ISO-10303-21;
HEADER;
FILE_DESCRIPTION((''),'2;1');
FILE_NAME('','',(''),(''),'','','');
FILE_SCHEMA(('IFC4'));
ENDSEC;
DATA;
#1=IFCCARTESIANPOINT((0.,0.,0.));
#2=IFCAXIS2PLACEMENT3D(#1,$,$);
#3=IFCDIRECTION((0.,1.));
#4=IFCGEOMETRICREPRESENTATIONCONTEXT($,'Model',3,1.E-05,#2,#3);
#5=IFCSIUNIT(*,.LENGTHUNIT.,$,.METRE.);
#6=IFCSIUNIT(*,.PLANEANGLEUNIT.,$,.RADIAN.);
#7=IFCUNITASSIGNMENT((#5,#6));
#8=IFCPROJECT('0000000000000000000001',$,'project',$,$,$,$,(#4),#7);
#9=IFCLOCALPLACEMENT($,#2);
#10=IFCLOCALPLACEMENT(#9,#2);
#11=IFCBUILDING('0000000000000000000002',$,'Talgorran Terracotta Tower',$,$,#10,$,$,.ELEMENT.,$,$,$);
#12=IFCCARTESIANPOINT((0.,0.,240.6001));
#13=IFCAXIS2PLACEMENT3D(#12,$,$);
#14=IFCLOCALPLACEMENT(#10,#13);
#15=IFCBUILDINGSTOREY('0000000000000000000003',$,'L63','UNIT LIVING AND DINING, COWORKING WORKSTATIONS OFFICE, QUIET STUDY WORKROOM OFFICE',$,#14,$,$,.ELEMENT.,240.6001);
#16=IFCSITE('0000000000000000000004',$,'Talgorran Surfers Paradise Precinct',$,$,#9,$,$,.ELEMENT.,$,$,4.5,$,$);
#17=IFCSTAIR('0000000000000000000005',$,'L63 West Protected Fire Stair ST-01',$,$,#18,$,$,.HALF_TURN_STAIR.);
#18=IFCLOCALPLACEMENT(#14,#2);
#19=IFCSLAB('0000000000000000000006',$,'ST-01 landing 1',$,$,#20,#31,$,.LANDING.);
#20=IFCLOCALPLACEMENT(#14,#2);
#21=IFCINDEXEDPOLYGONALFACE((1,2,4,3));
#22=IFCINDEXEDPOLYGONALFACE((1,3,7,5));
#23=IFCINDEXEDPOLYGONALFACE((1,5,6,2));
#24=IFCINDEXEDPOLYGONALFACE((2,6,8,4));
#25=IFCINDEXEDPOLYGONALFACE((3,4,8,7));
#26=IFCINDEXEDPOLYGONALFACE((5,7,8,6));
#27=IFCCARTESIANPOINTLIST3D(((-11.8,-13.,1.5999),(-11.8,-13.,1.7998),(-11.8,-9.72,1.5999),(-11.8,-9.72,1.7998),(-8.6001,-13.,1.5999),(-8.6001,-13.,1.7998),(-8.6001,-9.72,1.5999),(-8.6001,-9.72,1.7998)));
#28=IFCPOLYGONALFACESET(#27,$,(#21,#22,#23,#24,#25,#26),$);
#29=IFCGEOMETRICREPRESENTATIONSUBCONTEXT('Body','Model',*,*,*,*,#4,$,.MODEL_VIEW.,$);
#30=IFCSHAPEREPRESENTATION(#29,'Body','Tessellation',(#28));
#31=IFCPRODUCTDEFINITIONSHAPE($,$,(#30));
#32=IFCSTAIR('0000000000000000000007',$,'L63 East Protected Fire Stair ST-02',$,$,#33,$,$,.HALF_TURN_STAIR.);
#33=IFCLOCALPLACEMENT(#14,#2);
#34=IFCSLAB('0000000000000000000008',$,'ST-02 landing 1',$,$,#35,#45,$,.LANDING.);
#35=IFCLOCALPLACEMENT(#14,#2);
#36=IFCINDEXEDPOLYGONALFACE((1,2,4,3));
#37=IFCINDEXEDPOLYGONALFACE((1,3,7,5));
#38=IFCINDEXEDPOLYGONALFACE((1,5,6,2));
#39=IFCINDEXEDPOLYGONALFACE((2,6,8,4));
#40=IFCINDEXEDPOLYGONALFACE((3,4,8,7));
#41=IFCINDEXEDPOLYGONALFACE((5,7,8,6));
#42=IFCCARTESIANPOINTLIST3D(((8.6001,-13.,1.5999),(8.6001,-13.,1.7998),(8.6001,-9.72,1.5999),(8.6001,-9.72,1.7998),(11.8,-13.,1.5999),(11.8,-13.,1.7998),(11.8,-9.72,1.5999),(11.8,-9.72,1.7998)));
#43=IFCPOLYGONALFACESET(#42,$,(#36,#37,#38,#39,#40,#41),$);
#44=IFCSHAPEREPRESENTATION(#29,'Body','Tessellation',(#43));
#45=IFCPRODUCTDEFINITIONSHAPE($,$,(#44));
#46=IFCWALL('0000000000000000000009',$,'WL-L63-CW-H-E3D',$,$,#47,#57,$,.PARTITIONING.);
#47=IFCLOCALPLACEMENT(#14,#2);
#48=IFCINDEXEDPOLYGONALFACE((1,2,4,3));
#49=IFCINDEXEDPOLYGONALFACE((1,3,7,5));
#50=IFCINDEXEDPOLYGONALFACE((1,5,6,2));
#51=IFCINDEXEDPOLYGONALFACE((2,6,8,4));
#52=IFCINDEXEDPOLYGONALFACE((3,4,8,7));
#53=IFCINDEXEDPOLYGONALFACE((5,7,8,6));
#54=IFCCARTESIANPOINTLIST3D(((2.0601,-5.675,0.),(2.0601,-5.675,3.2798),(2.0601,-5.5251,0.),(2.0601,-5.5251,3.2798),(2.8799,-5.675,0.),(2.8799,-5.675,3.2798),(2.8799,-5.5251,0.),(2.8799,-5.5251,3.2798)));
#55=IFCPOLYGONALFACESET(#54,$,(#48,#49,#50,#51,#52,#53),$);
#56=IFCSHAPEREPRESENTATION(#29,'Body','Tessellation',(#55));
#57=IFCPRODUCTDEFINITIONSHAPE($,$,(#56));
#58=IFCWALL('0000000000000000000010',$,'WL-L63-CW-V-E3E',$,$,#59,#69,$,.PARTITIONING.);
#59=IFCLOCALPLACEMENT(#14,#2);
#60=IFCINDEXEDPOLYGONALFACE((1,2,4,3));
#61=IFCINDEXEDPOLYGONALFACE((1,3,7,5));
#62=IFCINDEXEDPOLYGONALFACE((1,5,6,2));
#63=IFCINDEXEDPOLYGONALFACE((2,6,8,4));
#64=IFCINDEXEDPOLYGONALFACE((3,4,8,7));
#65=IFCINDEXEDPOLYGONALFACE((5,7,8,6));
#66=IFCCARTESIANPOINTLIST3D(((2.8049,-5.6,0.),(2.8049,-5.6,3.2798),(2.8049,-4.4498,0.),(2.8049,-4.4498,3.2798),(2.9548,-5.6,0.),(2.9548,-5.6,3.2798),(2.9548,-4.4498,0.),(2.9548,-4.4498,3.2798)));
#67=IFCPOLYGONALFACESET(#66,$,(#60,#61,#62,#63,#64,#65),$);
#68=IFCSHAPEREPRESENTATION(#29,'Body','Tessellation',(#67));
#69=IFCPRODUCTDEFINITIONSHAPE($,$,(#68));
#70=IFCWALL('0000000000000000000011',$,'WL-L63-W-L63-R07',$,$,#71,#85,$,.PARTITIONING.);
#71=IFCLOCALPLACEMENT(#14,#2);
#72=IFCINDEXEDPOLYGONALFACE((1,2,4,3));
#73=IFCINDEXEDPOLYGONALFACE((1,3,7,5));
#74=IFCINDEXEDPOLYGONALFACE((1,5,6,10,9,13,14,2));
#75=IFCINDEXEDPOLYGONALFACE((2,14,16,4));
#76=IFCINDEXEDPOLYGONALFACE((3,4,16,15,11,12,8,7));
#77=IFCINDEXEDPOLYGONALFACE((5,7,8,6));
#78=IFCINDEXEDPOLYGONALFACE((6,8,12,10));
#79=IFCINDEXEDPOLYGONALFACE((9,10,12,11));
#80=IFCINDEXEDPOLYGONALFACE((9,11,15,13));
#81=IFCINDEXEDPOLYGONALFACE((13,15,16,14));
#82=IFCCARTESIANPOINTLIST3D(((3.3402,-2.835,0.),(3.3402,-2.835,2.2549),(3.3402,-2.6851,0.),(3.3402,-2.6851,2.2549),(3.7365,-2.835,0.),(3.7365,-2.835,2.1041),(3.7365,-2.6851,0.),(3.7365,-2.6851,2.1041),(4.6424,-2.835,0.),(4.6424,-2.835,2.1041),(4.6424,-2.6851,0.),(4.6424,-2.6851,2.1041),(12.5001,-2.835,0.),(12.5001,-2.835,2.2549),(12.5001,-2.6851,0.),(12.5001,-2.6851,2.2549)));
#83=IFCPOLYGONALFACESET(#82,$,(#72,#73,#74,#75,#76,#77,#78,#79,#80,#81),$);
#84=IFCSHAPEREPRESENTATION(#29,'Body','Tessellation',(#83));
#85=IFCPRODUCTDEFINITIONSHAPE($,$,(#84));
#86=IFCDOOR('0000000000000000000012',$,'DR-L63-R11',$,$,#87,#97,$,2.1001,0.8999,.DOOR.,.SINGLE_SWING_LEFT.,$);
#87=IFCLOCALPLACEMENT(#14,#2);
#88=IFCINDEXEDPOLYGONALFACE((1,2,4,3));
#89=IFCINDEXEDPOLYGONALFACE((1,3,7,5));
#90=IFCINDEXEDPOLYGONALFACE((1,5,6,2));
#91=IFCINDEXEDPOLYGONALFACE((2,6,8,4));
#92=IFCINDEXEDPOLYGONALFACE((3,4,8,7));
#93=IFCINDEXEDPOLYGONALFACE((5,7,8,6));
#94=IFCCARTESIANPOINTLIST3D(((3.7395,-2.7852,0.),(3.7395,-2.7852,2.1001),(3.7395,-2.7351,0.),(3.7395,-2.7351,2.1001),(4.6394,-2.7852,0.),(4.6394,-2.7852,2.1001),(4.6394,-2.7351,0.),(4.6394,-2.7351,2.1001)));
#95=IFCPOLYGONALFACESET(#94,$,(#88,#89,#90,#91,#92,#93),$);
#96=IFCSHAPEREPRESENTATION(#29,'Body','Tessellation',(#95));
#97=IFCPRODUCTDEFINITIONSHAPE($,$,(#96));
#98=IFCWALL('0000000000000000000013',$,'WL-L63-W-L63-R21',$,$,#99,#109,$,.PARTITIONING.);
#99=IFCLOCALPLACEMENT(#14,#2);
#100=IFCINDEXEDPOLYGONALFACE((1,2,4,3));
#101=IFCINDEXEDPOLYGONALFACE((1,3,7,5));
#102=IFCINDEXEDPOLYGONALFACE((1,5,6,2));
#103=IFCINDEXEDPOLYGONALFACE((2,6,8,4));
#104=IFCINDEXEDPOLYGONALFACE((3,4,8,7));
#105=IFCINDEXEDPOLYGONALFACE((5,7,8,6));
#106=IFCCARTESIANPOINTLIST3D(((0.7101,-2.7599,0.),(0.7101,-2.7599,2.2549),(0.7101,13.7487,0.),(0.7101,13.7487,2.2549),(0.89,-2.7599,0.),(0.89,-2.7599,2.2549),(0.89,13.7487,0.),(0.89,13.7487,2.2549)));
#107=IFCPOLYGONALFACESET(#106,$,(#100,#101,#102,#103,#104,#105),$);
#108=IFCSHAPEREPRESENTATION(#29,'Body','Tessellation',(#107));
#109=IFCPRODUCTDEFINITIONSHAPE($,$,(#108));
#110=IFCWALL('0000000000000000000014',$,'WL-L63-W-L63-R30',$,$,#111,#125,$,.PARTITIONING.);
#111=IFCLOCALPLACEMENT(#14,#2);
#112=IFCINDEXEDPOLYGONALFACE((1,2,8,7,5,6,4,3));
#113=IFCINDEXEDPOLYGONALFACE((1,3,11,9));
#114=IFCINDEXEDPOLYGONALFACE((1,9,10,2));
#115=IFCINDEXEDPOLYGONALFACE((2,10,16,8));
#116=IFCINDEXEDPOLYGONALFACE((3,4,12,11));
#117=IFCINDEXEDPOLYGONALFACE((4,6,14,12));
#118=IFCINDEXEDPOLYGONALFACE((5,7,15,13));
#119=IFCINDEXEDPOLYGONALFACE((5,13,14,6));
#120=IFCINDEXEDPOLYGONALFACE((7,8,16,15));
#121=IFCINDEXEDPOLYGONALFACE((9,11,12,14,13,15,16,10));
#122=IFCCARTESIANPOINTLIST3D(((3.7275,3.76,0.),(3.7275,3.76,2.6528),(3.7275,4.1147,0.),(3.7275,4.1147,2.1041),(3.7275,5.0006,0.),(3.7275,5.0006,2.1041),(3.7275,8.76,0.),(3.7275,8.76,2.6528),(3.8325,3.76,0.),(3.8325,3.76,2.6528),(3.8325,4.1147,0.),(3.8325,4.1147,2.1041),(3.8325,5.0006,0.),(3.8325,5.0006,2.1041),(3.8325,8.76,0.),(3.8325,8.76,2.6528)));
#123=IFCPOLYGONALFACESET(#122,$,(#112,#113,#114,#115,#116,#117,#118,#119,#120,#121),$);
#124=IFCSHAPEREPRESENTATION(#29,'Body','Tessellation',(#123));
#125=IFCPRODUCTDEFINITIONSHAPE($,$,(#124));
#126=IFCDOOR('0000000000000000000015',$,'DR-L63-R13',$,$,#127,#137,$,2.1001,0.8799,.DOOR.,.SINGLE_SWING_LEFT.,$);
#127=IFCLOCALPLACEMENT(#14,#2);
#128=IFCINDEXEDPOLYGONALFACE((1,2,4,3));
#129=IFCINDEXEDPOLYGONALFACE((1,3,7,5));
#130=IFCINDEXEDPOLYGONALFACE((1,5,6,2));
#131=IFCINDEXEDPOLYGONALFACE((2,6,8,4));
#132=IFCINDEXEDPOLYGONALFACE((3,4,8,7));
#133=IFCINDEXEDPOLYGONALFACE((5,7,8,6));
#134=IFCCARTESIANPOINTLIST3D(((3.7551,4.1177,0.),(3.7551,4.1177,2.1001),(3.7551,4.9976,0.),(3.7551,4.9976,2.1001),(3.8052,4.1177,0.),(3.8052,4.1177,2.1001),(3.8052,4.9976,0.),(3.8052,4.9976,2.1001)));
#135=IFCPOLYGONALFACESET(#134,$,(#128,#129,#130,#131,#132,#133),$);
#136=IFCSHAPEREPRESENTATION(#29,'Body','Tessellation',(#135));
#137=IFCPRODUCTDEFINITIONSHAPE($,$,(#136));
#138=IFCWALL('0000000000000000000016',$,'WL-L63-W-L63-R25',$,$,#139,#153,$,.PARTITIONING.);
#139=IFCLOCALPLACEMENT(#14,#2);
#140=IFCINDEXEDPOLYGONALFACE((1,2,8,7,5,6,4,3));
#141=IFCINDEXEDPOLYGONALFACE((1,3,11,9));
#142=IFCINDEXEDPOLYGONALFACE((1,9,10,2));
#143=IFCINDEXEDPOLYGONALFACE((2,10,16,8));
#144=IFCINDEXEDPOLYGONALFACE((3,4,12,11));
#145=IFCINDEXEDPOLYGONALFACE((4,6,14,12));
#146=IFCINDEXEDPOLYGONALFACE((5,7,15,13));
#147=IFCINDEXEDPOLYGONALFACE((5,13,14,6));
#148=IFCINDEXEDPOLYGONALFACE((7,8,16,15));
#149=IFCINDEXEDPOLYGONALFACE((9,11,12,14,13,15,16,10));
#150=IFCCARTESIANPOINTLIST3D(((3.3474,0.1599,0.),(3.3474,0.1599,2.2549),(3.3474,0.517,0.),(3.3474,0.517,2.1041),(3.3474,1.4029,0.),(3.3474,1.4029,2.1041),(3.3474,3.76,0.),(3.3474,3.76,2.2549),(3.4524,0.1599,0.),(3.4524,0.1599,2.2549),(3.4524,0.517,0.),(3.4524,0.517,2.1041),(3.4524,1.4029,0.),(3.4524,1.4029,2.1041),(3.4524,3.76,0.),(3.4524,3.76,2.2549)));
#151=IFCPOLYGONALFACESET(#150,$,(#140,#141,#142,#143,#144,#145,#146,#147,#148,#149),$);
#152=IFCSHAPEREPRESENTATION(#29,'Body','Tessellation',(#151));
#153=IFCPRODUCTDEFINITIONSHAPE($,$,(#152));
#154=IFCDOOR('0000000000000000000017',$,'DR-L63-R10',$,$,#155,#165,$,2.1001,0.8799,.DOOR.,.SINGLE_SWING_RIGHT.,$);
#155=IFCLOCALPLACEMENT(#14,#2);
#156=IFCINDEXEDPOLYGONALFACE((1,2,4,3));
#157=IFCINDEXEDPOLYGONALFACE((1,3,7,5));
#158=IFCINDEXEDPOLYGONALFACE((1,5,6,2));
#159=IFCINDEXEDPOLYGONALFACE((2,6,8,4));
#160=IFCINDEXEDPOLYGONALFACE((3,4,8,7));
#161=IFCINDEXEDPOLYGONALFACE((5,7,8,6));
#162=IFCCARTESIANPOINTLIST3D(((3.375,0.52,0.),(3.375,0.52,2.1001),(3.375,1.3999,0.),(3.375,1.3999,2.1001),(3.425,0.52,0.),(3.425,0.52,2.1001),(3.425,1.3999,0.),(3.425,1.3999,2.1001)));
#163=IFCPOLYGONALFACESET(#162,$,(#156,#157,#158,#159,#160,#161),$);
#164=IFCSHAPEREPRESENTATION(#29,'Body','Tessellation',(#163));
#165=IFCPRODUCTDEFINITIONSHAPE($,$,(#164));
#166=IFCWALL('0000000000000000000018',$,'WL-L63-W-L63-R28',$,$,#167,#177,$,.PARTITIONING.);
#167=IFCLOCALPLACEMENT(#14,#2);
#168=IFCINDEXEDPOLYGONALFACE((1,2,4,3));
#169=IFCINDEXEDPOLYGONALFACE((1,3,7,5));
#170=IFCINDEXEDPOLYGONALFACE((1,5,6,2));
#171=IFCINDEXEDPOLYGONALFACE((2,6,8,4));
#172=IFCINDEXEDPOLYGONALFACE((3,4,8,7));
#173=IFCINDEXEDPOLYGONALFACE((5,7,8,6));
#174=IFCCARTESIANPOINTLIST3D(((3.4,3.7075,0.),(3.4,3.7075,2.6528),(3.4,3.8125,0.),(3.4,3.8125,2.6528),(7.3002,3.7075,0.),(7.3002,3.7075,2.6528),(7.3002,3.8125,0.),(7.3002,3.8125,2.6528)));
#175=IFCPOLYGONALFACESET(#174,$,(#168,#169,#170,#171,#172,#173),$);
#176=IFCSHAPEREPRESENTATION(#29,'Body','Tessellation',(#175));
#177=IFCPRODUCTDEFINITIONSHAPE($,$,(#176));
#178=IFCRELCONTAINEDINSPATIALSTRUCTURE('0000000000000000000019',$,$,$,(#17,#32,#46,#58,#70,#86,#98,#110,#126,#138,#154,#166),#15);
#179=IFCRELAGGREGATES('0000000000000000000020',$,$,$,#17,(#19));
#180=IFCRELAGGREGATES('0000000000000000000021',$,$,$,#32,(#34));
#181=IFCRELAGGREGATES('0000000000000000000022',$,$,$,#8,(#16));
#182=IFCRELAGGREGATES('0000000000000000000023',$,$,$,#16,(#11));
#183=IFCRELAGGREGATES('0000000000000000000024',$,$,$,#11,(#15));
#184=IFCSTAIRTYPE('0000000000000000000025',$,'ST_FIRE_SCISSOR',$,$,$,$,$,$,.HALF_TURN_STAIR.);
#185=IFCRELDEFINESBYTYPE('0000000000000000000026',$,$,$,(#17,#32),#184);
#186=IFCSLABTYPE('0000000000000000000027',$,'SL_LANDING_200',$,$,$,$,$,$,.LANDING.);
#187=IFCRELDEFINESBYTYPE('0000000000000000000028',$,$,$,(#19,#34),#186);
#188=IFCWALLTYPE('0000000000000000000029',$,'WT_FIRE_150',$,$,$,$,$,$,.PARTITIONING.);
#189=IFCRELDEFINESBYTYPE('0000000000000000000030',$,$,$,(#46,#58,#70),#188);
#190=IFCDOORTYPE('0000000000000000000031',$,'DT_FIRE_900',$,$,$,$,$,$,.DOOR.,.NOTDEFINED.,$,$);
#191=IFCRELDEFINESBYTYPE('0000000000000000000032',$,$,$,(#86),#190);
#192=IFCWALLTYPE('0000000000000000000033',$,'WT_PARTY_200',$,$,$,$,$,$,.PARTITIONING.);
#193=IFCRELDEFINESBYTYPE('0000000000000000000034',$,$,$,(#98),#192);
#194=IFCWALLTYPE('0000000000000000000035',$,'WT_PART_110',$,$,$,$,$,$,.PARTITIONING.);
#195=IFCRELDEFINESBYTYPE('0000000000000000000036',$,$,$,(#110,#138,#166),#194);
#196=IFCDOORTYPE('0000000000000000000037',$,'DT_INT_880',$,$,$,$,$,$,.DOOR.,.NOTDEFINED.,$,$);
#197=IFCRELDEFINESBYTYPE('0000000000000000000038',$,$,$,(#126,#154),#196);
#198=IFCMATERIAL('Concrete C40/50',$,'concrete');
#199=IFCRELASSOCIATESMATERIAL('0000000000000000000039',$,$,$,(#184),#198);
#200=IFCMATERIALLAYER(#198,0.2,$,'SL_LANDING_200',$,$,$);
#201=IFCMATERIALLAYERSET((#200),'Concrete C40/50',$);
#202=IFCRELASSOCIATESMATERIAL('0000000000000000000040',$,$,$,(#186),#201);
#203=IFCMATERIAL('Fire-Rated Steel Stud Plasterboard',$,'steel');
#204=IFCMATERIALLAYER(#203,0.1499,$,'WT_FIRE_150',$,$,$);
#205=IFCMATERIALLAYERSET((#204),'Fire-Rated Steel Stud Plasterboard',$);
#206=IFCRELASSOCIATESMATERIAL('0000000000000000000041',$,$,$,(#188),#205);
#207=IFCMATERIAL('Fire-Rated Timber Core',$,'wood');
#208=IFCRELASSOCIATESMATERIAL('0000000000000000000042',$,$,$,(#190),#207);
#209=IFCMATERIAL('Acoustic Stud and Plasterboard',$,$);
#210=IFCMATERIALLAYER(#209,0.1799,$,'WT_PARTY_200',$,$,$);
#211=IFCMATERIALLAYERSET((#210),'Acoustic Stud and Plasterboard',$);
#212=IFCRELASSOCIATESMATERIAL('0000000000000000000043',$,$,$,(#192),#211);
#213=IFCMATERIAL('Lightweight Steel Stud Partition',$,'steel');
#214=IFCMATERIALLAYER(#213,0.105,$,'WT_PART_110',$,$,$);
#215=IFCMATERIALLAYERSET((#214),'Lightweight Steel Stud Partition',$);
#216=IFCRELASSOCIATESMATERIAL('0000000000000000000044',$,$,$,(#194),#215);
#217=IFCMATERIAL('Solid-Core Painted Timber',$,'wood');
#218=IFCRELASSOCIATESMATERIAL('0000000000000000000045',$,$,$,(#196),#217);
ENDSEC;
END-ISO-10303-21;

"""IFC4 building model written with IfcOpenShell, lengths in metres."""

from ifc_helpers import new_model, si_unit, direction, frame, frame_2d, origin, place, context, subcontext, project, spatial, polyline, rectangle, outline, extrude, material, layer, layer_set, type_object, element, fill, aggregate, save


model = new_model("IFC4")

# Units and contexts
model_context = context("Model", 3, precision=1e-05, world=origin(), true_north=direction((0.0, 1.0)))
body_context = subcontext(model_context, "Body", "Model", "MODEL_VIEW")
ifc_project = project(units=[si_unit("LENGTHUNIT", "METRE"), si_unit("PLANEANGLEUNIT", "RADIAN")], contexts=[model_context])

# Site, building, storey
site_placement = place(None, origin())
site = spatial("IfcSite", under=ifc_project, at=site_placement, Name="Talgorran Surfers Paradise Precinct", CompositionType="ELEMENT", RefElevation=4.5)
building_placement = place(site_placement, origin())
building = spatial("IfcBuilding", under=site, at=building_placement, Name="Talgorran Terracotta Tower", CompositionType="ELEMENT")
storey_placement = place(building_placement, frame((0.0, 0.0, 240.6001)))
storey = spatial("IfcBuildingStorey", under=building, at=storey_placement, Name="L63", Description="UNIT LIVING AND DINING, COWORKING WORKSTATIONS OFFICE, QUIET STUDY WORKROOM OFFICE", CompositionType="ELEMENT", Elevation=240.6001)

# Stairs, slabs
ifc_material_1 = material(Name="Concrete C40/50", Category="concrete")
stair_type = type_object("IfcStairType", Name="ST_FIRE_SCISSOR", PredefinedType="HALF_TURN_STAIR", material=ifc_material_1)
stair_1_placement = place(storey_placement, origin())
stair_1 = element("IfcStair", 1, at=stair_1_placement, inside=storey, type_object=stair_type, Name="L63 West Protected Fire Stair ST-01", PredefinedType="HALF_TURN_STAIR")
ifc_layer_1 = layer(ifc_material_1, 0.2, Name="SL_LANDING_200")
ifc_layer_set_1 = layer_set([ifc_layer_1], Name="Concrete C40/50")
slab_type = type_object("IfcSlabType", Name="SL_LANDING_200", PredefinedType="LANDING", material=ifc_layer_set_1)
slab_1_placement = place(storey_placement, frame((0.0, 0.0, 1.5999)))
slab_1 = element("IfcSlab", 2, at=slab_1_placement, type_object=slab_type, Name="ST-01 landing 1", PredefinedType="LANDING", context=body_context, shape_type="SweptSolid", body=[
    extrude(outline(polyline([(-11.8, -9.72), (-11.8, -13.0), (-8.6001, -13.0), (-8.6001, -9.72), (-11.8, -9.72)])), origin(), (0.0, 0.0, 1.0), 0.2),
])
aggregate(stair_1, [slab_1])
stair_2_placement = place(storey_placement, origin())
stair_2 = element("IfcStair", 3, at=stair_2_placement, inside=storey, type_object=stair_type, Name="L63 East Protected Fire Stair ST-02", PredefinedType="HALF_TURN_STAIR")
slab_2_placement = place(storey_placement, frame((0.0, 0.0, 1.5999)))
slab_2 = element("IfcSlab", 4, at=slab_2_placement, type_object=slab_type, Name="ST-02 landing 1", PredefinedType="LANDING", context=body_context, shape_type="SweptSolid", body=[
    extrude(outline(polyline([(8.6001, -9.72), (8.6001, -13.0), (11.8, -13.0), (11.8, -9.72), (8.6001, -9.72)])), origin(), (0.0, 0.0, 1.0), 0.2),
])
aggregate(stair_2, [slab_2])

# Walls
ifc_material_2 = material(Name="Fire-Rated Steel Stud Plasterboard", Category="steel")
ifc_layer_2 = layer(ifc_material_2, 0.1499, Name="WT_FIRE_150")
ifc_layer_set_2 = layer_set([ifc_layer_2], Name="Fire-Rated Steel Stud Plasterboard")
wall_type_1 = type_object("IfcWallType", Name="WT_FIRE_150", PredefinedType="PARTITIONING", material=ifc_layer_set_2)
wall_1_placement = place(storey_placement, frame((2.0601, -5.6001, 0.0), z_axis=(0.0, 0.0, 1.0), x_axis=(1.0, 0.0, 0.0)))
element("IfcWall", 5, at=wall_1_placement, inside=storey, type_object=wall_type_1, Name="WL-L63-CW-H-E3D", PredefinedType="PARTITIONING", context=body_context, shape_type="SweptSolid", body=[
    extrude(rectangle(XDim=0.8198, YDim=0.1499, at=frame_2d((0.4099, 0.0))), origin(), (0.0, 0.0, 1.0), 3.2798),
])
wall_2_placement = place(storey_placement, frame((2.8799, -5.6001, 0.0), z_axis=(0.0, 0.0, 1.0), x_axis=(0.0, 1.0, 0.0)))
element("IfcWall", 6, at=wall_2_placement, inside=storey, type_object=wall_type_1, Name="WL-L63-CW-V-E3E", PredefinedType="PARTITIONING", context=body_context, shape_type="SweptSolid", body=[
    extrude(rectangle(XDim=1.1501, YDim=0.1499, at=frame_2d((0.5752, 0.0))), origin(), (0.0, 0.0, 1.0), 3.2798),
])

# Wall, opening, door
wall_3_placement = place(storey_placement, frame((3.3401, -2.76, 0.0), z_axis=(0.0, 0.0, 1.0), x_axis=(1.0, 0.0, 0.0)))
wall_3 = element("IfcWall", 7, at=wall_3_placement, inside=storey, type_object=wall_type_1, Name="WL-L63-W-L63-R07", PredefinedType="PARTITIONING", context=body_context, shape_type="SweptSolid", body=[
    extrude(rectangle(XDim=9.1599, YDim=0.1499, at=frame_2d((4.5801, 0.0))), origin(), (0.0, 0.0, 1.0), 2.2549),
])
opening_1_placement = place(wall_3_placement, frame((0.3994, 0.0, 0.0)))
opening_1 = element("IfcOpeningElement", 8, at=opening_1_placement, cuts=wall_3, PredefinedType="OPENING", context=body_context, shape_type="SweptSolid", body=[
    extrude(rectangle(XDim=0.9059, YDim=2.1041, at=frame_2d((0.45, 1.052))), frame((0.0, 0.085, 0.0), z_axis=(0.0, -1.0, 0.0), x_axis=(1.0, 0.0, 0.0)), (0.0, 0.0, 1.0), 0.1699),
])
ifc_material_3 = material(Name="Fire-Rated Timber Core", Category="wood")
door_type_1 = type_object("IfcDoorType", Name="DT_FIRE_900", OperationType="NOTDEFINED", PredefinedType="DOOR", material=ifc_material_3)
door_1_placement = place(opening_1_placement, origin())
door_1 = element("IfcDoor", 9, at=door_1_placement, inside=storey, type_object=door_type_1, Name="DR-L63-R11", OperationType="SINGLE_SWING_LEFT", OverallHeight=2.1001, OverallWidth=0.8999, PredefinedType="DOOR", context=body_context, shape_type="SweptSolid", body=[
    extrude(rectangle(XDim=0.8999, YDim=2.1001, at=frame_2d((0.45, 1.05))), frame((0.0, 0.0249, 0.0), z_axis=(0.0, -1.0, 0.0), x_axis=(1.0, 0.0, 0.0)), (0.0, 0.0, 1.0), 0.05),
])
fill(opening_1, door_1)

# Wall
ifc_material_4 = material(Name="Acoustic Stud and Plasterboard")
ifc_layer_3 = layer(ifc_material_4, 0.1799, Name="WT_PARTY_200")
ifc_layer_set_3 = layer_set([ifc_layer_3], Name="Acoustic Stud and Plasterboard")
wall_type_2 = type_object("IfcWallType", Name="WT_PARTY_200", PredefinedType="PARTITIONING", material=ifc_layer_set_3)
wall_4_placement = place(storey_placement, frame((0.8, -2.76, 0.0), z_axis=(0.0, 0.0, 1.0), x_axis=(0.0, 1.0, 0.0)))
element("IfcWall", 10, at=wall_4_placement, inside=storey, type_object=wall_type_2, Name="WL-L63-W-L63-R21", PredefinedType="PARTITIONING", context=body_context, shape_type="SweptSolid", body=[
    extrude(rectangle(XDim=16.5085, YDim=0.1799, at=frame_2d((8.2544, 0.0))), origin(), (0.0, 0.0, 1.0), 2.2549),
])

# Walls, openings, doors
ifc_material_5 = material(Name="Lightweight Steel Stud Partition", Category="steel")
ifc_layer_4 = layer(ifc_material_5, 0.105, Name="WT_PART_110")
ifc_layer_set_4 = layer_set([ifc_layer_4], Name="Lightweight Steel Stud Partition")
wall_type_3 = type_object("IfcWallType", Name="WT_PART_110", PredefinedType="PARTITIONING", material=ifc_layer_set_4)
wall_5_placement = place(storey_placement, frame((3.78, 3.76, 0.0), z_axis=(0.0, 0.0, 1.0), x_axis=(0.0, 1.0, 0.0)))
wall_5 = element("IfcWall", 11, at=wall_5_placement, inside=storey, type_object=wall_type_3, Name="WL-L63-W-L63-R30", PredefinedType="PARTITIONING", context=body_context, shape_type="SweptSolid", body=[
    extrude(rectangle(XDim=5.0, YDim=0.105, at=frame_2d((2.5, 0.0))), origin(), (0.0, 0.0, 1.0), 2.6528),
])
opening_2_placement = place(wall_5_placement, frame((0.3577, 0.0, 0.0)))
opening_2 = element("IfcOpeningElement", 12, at=opening_2_placement, cuts=wall_5, PredefinedType="OPENING", context=body_context, shape_type="SweptSolid", body=[
    extrude(rectangle(XDim=0.8859, YDim=2.1041, at=frame_2d((0.4399, 1.052))), frame((0.0, 0.0625, 0.0), z_axis=(0.0, -1.0, 0.0), x_axis=(1.0, 0.0, 0.0)), (0.0, 0.0, 1.0), 0.125),
])
ifc_material_6 = material(Name="Solid-Core Painted Timber", Category="wood")
door_type_2 = type_object("IfcDoorType", Name="DT_INT_880", OperationType="NOTDEFINED", PredefinedType="DOOR", material=ifc_material_6)
door_2_placement = place(opening_2_placement, origin())
door_2 = element("IfcDoor", 13, at=door_2_placement, inside=storey, type_object=door_type_2, Name="DR-L63-R13", OperationType="SINGLE_SWING_LEFT", OverallHeight=2.1001, OverallWidth=0.8799, PredefinedType="DOOR", context=body_context, shape_type="SweptSolid", body=[
    extrude(rectangle(XDim=0.8799, YDim=2.1001, at=frame_2d((0.4399, 1.05))), frame((0.0, 0.0249, 0.0), z_axis=(0.0, -1.0, 0.0), x_axis=(1.0, 0.0, 0.0)), (0.0, 0.0, 1.0), 0.05),
])
fill(opening_2, door_2)
wall_6_placement = place(storey_placement, frame((3.3999, 0.1599, 0.0), z_axis=(0.0, 0.0, 1.0), x_axis=(0.0, 1.0, 0.0)))
wall_6 = element("IfcWall", 14, at=wall_6_placement, inside=storey, type_object=wall_type_3, Name="WL-L63-W-L63-R25", PredefinedType="PARTITIONING", context=body_context, shape_type="SweptSolid", body=[
    extrude(rectangle(XDim=3.6001, YDim=0.105, at=frame_2d((1.8, 0.0))), origin(), (0.0, 0.0, 1.0), 2.2549),
])
opening_3_placement = place(wall_6_placement, frame((0.3601, 0.0, 0.0)))
opening_3 = element("IfcOpeningElement", 15, at=opening_3_placement, cuts=wall_6, PredefinedType="OPENING", context=body_context, shape_type="SweptSolid", body=[
    extrude(rectangle(XDim=0.8859, YDim=2.1041, at=frame_2d((0.4399, 1.052))), frame((0.0, 0.0625, 0.0), z_axis=(0.0, -1.0, 0.0), x_axis=(1.0, 0.0, 0.0)), (0.0, 0.0, 1.0), 0.125),
])
door_3_placement = place(opening_3_placement, origin())
door_3 = element("IfcDoor", 16, at=door_3_placement, inside=storey, type_object=door_type_2, Name="DR-L63-R10", OperationType="SINGLE_SWING_RIGHT", OverallHeight=2.1001, OverallWidth=0.8799, PredefinedType="DOOR", context=body_context, shape_type="SweptSolid", body=[
    extrude(rectangle(XDim=0.8799, YDim=2.1001, at=frame_2d((0.4399, 1.05))), frame((0.0, 0.0249, 0.0), z_axis=(0.0, -1.0, 0.0), x_axis=(1.0, 0.0, 0.0)), (0.0, 0.0, 1.0), 0.05),
])
fill(opening_3, door_3)

# Wall
wall_7_placement = place(storey_placement, frame((3.3999, 3.76, 0.0), z_axis=(0.0, 0.0, 1.0), x_axis=(1.0, 0.0, 0.0)))
element("IfcWall", 17, at=wall_7_placement, inside=storey, type_object=wall_type_3, Name="WL-L63-W-L63-R28", PredefinedType="PARTITIONING", context=body_context, shape_type="SweptSolid", body=[
    extrude(rectangle(XDim=3.9001, YDim=0.105, at=frame_2d((1.9502, 0.0))), origin(), (0.0, 0.0, 1.0), 2.6528),
])

save(model, "model.ifc")
